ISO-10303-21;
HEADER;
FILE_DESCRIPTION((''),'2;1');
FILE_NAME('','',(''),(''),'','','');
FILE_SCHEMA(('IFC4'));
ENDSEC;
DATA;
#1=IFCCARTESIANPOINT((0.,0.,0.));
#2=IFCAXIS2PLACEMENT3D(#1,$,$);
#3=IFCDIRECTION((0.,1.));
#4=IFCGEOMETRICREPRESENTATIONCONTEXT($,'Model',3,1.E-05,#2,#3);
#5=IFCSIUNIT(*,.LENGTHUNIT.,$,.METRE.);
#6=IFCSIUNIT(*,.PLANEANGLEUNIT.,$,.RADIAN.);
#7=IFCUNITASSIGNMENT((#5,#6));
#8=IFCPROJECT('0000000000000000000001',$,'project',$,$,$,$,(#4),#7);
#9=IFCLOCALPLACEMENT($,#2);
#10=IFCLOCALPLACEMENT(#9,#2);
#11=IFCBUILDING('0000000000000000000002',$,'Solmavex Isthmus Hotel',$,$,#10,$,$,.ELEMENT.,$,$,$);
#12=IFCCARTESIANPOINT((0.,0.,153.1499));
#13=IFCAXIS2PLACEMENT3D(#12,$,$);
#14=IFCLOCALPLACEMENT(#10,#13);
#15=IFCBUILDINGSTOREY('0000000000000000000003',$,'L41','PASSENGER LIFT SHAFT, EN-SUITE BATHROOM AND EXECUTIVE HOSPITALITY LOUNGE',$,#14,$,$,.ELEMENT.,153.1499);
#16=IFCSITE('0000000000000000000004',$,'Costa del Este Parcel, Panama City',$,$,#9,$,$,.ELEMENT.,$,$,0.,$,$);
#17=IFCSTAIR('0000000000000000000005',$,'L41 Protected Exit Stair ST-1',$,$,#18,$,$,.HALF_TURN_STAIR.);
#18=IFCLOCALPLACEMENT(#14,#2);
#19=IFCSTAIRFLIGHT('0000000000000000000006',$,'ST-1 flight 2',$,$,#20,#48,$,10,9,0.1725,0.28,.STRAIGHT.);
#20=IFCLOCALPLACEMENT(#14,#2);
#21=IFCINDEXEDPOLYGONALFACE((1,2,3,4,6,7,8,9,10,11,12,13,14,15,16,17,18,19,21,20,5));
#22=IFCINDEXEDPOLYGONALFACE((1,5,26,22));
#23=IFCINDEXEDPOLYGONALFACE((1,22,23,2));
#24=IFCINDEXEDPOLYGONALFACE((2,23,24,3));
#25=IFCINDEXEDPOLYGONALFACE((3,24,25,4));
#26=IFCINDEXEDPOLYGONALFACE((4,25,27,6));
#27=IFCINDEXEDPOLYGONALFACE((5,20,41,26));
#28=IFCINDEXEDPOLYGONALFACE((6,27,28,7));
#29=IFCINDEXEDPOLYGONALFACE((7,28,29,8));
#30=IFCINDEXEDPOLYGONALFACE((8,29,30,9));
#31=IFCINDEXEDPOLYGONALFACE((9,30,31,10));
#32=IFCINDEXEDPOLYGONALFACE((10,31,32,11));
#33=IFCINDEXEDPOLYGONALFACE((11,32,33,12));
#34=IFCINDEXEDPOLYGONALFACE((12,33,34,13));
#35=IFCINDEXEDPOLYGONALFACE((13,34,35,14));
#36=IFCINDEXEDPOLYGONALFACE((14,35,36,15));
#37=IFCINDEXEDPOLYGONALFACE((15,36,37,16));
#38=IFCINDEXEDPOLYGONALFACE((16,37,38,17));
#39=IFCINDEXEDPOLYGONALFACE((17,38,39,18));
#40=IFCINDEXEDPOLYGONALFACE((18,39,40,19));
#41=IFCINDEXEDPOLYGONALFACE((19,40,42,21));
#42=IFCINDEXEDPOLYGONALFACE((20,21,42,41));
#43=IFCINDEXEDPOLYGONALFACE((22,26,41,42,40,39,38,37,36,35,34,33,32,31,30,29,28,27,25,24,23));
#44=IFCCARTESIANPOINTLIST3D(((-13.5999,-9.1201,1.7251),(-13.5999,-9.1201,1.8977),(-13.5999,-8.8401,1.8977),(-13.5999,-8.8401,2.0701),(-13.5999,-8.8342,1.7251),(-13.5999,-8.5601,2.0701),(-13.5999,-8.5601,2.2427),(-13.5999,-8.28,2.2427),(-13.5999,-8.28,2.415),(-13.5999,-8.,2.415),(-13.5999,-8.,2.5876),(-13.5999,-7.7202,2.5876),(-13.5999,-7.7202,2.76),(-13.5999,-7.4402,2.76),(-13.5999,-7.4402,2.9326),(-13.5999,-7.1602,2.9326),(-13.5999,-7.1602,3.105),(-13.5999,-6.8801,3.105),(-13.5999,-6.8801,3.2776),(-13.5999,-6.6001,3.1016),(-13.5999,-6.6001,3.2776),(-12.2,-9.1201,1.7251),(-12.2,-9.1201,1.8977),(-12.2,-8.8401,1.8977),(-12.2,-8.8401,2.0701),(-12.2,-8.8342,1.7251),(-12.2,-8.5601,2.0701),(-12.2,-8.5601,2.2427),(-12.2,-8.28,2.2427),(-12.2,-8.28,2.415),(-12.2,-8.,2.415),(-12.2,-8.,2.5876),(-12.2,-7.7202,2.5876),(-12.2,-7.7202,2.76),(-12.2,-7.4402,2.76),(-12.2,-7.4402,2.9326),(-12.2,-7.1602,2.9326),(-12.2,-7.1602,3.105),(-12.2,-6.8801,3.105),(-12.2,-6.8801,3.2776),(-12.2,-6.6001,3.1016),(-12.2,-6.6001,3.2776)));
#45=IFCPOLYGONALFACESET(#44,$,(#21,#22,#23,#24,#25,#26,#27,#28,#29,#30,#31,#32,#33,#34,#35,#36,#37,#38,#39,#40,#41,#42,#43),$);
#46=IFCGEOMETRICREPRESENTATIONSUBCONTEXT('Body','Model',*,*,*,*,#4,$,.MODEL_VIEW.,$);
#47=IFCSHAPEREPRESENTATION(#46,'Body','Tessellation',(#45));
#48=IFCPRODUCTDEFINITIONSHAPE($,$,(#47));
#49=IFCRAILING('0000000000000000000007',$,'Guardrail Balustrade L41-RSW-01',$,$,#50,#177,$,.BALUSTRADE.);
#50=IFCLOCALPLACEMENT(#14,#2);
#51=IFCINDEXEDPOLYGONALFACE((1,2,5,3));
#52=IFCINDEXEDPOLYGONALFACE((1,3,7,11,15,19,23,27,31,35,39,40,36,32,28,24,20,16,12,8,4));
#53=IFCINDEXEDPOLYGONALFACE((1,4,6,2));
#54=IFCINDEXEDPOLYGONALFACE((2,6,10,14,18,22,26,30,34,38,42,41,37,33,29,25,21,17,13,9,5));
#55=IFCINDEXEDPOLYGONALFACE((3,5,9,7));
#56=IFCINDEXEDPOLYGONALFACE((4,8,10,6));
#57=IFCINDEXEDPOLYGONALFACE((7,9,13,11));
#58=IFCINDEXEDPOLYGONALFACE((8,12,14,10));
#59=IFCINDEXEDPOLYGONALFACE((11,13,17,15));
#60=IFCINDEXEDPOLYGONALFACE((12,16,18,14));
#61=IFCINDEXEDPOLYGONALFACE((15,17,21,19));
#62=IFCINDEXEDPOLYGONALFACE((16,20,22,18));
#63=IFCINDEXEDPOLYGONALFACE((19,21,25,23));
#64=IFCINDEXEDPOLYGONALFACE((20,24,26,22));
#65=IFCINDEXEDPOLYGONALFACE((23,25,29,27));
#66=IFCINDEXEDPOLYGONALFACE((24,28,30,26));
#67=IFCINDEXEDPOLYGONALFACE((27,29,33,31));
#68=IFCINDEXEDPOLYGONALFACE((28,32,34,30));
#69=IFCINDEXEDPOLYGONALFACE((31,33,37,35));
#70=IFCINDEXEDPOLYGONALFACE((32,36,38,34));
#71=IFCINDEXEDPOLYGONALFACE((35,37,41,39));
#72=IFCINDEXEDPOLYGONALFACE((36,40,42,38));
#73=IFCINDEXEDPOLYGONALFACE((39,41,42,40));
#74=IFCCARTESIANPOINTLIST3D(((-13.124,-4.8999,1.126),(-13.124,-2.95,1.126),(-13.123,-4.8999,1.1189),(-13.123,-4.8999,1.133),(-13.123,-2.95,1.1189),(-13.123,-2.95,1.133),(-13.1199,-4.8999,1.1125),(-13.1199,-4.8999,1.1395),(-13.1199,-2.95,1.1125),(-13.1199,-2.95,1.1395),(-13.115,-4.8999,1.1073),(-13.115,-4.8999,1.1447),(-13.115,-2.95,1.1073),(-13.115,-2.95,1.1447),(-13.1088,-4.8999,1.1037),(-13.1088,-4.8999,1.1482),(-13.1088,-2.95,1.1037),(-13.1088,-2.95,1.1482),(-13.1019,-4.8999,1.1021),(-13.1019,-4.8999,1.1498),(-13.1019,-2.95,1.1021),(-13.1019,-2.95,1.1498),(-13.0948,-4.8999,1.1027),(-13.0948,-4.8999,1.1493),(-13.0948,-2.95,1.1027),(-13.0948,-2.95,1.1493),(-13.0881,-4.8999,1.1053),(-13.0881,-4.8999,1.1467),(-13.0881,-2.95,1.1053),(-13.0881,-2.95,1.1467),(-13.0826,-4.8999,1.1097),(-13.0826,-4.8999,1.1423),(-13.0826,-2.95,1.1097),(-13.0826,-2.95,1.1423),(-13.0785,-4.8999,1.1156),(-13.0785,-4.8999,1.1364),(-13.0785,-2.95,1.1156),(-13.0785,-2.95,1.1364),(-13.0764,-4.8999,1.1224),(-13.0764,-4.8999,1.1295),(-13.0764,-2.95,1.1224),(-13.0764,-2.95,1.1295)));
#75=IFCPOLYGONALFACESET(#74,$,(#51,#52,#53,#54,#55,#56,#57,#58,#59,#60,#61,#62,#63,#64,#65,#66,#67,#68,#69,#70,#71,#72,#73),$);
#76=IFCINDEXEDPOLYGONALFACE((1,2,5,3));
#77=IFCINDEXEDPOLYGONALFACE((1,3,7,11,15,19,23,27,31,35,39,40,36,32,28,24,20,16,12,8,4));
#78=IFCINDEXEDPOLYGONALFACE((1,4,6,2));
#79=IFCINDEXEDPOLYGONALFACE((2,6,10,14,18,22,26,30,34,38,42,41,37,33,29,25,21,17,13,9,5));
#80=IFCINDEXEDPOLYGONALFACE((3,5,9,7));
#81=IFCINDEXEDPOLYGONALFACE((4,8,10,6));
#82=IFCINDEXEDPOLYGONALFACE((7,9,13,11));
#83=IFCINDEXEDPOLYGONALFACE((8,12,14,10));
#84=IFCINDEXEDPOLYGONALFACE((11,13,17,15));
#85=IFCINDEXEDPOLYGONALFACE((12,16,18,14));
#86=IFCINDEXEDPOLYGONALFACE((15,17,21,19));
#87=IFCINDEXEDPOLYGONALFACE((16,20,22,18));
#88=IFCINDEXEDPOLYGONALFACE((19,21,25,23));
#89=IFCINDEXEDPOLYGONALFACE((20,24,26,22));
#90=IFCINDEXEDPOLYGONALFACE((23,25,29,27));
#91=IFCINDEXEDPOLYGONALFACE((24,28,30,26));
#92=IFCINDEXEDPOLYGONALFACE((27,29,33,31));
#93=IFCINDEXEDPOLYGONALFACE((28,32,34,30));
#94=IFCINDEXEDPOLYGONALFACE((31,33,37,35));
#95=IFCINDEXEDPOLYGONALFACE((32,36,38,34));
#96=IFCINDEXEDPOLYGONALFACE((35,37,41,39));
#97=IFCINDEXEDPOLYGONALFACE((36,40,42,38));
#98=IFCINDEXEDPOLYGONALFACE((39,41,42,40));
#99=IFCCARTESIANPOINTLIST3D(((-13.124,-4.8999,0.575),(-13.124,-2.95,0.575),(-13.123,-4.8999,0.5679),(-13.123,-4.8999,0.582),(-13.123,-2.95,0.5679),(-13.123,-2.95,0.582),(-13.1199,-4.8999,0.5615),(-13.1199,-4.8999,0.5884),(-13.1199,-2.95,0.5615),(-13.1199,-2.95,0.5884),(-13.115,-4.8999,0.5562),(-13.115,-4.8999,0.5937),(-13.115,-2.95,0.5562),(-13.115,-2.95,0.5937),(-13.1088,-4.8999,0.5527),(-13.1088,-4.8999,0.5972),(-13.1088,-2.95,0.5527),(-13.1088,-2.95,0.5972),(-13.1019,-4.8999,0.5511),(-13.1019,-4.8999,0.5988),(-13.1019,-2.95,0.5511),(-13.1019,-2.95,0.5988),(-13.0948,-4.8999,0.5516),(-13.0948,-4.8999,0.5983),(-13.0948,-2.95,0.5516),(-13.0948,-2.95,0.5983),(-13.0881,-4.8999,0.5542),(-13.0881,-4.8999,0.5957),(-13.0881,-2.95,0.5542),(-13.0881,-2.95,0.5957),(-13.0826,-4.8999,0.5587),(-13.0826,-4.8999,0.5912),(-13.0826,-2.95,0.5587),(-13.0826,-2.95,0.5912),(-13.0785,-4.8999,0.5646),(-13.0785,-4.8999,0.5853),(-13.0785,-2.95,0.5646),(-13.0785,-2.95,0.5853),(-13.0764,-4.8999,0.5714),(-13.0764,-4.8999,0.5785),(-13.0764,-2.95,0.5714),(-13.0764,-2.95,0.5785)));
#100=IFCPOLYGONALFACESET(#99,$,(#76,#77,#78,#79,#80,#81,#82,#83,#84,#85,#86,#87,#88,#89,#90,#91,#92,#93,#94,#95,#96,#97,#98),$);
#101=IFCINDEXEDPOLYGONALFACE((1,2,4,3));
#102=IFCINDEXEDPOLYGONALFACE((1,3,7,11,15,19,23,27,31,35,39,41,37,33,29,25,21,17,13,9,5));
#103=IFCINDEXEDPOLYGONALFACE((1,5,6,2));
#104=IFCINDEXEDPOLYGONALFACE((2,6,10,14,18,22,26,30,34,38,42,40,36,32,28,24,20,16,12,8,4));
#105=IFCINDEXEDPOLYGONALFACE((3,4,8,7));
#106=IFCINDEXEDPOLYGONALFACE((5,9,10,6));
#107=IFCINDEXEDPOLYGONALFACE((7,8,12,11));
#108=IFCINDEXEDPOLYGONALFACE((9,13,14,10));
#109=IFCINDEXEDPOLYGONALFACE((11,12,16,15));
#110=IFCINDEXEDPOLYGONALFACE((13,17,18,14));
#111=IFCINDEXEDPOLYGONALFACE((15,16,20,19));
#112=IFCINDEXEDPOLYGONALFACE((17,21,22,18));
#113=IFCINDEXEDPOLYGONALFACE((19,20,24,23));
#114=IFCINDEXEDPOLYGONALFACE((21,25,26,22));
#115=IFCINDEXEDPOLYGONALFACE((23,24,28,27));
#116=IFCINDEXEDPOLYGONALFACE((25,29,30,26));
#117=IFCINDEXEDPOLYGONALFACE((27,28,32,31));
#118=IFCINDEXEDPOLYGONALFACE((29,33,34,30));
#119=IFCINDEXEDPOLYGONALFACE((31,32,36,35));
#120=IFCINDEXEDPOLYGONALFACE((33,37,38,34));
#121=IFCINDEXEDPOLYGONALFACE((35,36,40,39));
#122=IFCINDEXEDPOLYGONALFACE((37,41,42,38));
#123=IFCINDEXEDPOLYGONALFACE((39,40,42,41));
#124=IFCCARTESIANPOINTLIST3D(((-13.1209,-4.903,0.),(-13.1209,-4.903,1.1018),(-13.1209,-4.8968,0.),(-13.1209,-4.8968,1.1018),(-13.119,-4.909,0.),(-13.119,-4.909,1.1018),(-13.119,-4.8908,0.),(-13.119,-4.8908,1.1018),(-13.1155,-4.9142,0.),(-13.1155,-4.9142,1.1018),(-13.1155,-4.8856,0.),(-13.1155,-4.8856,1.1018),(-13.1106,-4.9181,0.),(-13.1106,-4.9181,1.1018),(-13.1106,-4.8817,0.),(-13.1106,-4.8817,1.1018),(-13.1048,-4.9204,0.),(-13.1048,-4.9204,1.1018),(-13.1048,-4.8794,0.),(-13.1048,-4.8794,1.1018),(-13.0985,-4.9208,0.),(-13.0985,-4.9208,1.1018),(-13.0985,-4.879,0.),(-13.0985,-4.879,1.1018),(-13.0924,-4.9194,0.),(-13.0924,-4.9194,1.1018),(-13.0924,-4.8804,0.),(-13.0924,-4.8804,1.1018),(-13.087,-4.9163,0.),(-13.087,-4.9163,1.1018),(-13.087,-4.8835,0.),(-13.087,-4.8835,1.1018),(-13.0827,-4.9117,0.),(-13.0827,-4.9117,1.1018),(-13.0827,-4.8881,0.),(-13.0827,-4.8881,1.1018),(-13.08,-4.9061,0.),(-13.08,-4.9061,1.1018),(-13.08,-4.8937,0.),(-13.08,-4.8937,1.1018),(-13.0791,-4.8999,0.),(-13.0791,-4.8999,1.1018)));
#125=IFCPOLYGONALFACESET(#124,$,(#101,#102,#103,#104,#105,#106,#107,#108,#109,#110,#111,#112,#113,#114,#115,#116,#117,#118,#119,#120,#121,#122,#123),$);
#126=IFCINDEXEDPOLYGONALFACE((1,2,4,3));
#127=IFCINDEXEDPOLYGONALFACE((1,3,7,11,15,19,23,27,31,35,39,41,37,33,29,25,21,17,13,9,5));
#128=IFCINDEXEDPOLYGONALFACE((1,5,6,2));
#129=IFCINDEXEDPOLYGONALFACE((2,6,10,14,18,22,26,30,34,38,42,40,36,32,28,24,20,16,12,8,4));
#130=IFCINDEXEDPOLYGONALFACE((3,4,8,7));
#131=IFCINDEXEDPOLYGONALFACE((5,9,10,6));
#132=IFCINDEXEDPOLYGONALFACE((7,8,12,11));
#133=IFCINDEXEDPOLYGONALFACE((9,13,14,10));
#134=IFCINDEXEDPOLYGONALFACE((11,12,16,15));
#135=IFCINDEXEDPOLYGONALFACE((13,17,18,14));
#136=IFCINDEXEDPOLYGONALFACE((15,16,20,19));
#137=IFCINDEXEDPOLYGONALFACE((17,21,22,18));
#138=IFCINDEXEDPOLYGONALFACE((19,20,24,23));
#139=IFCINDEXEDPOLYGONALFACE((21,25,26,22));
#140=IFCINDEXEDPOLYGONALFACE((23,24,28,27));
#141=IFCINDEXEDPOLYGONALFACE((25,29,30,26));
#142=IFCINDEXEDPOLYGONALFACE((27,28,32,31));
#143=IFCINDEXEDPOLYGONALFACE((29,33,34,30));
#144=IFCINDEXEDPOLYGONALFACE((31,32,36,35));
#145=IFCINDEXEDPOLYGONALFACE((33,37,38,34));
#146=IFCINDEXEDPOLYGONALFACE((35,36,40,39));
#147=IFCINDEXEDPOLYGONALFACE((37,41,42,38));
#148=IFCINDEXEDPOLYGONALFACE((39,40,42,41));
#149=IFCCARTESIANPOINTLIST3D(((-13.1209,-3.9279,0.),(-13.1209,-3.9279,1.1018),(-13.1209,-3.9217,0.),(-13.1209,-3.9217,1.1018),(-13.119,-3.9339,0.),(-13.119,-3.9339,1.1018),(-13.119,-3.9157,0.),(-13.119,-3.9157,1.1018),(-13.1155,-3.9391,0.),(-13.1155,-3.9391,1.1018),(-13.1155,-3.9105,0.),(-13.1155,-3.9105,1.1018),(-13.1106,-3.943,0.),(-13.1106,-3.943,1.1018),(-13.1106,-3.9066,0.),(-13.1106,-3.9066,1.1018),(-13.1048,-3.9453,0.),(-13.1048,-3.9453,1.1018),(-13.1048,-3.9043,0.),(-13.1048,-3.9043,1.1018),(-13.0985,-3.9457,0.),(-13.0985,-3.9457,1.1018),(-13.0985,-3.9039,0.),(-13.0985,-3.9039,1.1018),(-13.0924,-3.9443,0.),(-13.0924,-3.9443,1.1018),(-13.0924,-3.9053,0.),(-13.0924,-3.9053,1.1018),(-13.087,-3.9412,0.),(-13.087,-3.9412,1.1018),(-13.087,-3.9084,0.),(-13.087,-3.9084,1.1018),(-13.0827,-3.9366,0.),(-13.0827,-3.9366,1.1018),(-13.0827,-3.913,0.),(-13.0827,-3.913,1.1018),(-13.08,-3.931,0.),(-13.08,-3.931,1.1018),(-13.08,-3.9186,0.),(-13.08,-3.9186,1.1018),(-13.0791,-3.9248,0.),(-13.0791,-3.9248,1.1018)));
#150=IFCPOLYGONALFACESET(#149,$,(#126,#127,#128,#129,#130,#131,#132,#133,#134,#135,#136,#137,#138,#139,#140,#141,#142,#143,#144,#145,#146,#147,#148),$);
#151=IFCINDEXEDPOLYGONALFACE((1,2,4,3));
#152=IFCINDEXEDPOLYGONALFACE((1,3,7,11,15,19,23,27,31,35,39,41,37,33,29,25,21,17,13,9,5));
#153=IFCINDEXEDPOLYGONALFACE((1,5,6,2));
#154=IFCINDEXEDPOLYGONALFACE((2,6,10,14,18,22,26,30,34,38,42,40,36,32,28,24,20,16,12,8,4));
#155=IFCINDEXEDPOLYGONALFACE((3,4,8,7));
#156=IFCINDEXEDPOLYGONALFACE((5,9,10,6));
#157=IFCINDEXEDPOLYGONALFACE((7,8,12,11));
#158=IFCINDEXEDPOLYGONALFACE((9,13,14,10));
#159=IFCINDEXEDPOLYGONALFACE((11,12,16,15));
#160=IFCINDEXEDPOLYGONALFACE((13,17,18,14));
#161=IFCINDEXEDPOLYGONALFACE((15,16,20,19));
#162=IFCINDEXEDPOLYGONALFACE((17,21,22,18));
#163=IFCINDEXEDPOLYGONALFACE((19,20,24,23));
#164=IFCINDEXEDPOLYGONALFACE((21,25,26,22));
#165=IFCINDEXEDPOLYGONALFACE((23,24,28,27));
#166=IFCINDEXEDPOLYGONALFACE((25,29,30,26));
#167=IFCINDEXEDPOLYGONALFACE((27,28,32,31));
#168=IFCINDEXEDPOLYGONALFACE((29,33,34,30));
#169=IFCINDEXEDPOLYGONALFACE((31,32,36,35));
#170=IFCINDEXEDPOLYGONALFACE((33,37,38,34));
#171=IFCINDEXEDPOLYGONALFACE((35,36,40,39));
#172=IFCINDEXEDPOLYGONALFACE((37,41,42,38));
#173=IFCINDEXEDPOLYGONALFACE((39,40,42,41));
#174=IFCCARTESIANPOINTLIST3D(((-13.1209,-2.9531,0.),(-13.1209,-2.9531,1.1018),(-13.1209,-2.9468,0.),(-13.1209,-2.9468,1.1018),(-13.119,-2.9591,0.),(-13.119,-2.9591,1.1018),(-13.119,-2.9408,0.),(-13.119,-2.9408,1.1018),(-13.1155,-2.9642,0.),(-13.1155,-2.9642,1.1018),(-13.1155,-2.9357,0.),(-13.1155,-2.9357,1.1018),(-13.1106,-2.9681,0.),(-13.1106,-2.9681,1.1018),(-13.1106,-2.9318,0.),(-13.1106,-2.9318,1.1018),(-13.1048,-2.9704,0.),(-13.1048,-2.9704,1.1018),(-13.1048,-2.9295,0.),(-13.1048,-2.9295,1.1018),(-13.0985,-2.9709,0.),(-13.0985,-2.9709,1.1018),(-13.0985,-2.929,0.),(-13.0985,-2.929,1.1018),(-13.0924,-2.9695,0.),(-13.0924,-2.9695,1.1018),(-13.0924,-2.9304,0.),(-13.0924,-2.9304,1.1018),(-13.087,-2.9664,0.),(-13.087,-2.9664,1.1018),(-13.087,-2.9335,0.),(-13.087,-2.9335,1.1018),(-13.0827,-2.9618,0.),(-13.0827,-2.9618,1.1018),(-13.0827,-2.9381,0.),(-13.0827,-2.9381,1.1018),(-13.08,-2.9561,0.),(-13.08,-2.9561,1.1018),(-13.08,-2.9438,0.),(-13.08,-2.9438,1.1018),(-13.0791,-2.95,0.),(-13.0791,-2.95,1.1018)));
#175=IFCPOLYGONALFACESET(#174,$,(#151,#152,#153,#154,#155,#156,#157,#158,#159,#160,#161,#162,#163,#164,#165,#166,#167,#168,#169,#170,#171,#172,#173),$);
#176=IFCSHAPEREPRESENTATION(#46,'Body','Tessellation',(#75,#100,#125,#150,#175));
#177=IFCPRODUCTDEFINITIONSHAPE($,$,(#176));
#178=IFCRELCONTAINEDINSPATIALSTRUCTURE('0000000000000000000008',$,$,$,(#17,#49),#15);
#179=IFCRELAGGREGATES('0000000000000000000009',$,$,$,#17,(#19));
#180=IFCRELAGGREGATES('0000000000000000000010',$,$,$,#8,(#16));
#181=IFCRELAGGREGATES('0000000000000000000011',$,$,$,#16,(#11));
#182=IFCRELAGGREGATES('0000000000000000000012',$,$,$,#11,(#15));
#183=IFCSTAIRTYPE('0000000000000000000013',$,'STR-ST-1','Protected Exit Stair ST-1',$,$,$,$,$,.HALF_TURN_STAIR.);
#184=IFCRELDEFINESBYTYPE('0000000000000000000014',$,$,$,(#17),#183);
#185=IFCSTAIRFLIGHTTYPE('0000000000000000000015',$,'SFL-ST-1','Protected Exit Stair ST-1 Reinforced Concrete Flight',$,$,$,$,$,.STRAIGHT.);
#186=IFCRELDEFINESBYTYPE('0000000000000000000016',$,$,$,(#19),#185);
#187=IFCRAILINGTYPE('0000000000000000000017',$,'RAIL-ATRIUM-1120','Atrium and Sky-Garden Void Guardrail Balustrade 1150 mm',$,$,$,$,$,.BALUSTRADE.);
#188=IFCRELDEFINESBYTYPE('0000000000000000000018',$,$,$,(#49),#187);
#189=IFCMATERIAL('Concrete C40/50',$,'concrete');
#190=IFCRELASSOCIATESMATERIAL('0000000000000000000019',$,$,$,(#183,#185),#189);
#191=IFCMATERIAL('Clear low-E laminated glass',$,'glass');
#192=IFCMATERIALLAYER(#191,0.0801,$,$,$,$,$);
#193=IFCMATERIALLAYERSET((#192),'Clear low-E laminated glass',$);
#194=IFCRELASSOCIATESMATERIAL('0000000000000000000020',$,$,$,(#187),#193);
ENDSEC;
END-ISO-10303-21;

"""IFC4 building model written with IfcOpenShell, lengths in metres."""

from ifc_helpers import new_model, si_unit, direction, frame, origin, origin_2d, place, context, subcontext, project, spatial, polyline, circle, outline, extrude, material, layer, layer_set, type_object, element, aggregate, save


model = new_model("IFC4")

# Units and contexts
model_context = context("Model", 3, precision=1e-05, world=origin(), true_north=direction((0.0, 1.0)))
body_context = subcontext(model_context, "Body", "Model", "MODEL_VIEW")
ifc_project = project(units=[si_unit("LENGTHUNIT", "METRE"), si_unit("PLANEANGLEUNIT", "RADIAN")], contexts=[model_context])

# Site, building, storey
site_placement = place(None, origin())
site = spatial("IfcSite", under=ifc_project, at=site_placement, Name="Costa del Este Parcel, Panama City", CompositionType="ELEMENT", RefElevation=0.0)
building_placement = place(site_placement, origin())
building = spatial("IfcBuilding", under=site, at=building_placement, Name="Solmavex Isthmus Hotel", CompositionType="ELEMENT")
storey_placement = place(building_placement, frame((0.0, 0.0, 153.1499)))
storey = spatial("IfcBuildingStorey", under=building, at=storey_placement, Name="L41", Description="PASSENGER LIFT SHAFT, EN-SUITE BATHROOM AND EXECUTIVE HOSPITALITY LOUNGE", CompositionType="ELEMENT", Elevation=153.1499)

# Shared definitions
ifc_material_1 = material(Name="Concrete C40/50", Category="concrete")

# Stair, stair flight
stair_type = type_object("IfcStairType", Name="STR-ST-1", Description="Protected Exit Stair ST-1", PredefinedType="HALF_TURN_STAIR", material=ifc_material_1)
stair_placement = place(storey_placement, origin())
stair = element("IfcStair", 1, at=stair_placement, inside=storey, type_object=stair_type, Name="L41 Protected Exit Stair ST-1", PredefinedType="HALF_TURN_STAIR")
stair_flight_type = type_object("IfcStairFlightType", Name="SFL-ST-1", Description="Protected Exit Stair ST-1 Reinforced Concrete Flight", PredefinedType="STRAIGHT", material=ifc_material_1)
stair_flight_1_placement = place(storey_placement, frame((-12.8999, -9.1201, 1.7251), z_axis=(0.0, 0.0, 1.0), x_axis=(0.0, 1.0, 0.0)))
stair_flight_1 = element("IfcStairFlight", 2, at=stair_flight_1_placement, type_object=stair_flight_type, Name="ST-1 flight 2", NumberOfRisers=10, NumberOfTreads=9, PredefinedType="STRAIGHT", RiserHeight=0.1725, TreadLength=0.28, context=body_context, shape_type="SweptSolid", body=[
    extrude(outline(polyline([(0.0, 0.0), (0.0, 0.1726), (0.28, 0.1726), (0.28, 0.345), (0.5601, 0.345), (0.5601, 0.5176), (0.8401, 0.5176), (0.8401, 0.6899), (1.1201, 0.6899), (1.1201, 0.8625), (1.3999, 0.8625), (1.3999, 1.0349), (1.6799, 1.0349), (1.6799, 1.2075), (1.96, 1.2075), (1.96, 1.3799), (2.24, 1.3799), (2.24, 1.5525), (2.52, 1.5525), (2.52, 1.7251), (2.52, 1.3765), (0.2859, 0.0), (0.0, 0.0)])), frame((0.0, 0.7, 0.0), z_axis=(0.0, -1.0, 0.0), x_axis=(1.0, 0.0, 0.0)), (0.0, 0.0, 1.0), 1.3999),
])
aggregate(stair, [stair_flight_1])

# Railing
ifc_material_2 = material(Name="Clear low-E laminated glass", Category="glass")
ifc_layer_1 = layer(ifc_material_2, 0.0801)
ifc_layer_set_1 = layer_set([ifc_layer_1], Name="Clear low-E laminated glass")
railing_type_1 = type_object("IfcRailingType", Name="RAIL-ATRIUM-1120", Description="Atrium and Sky-Garden Void Guardrail Balustrade 1150 mm", PredefinedType="BALUSTRADE", material=ifc_layer_set_1)
railing_1_placement = place(storey_placement, frame((-13.1001, -4.8999, 0.0)))
element("IfcRailing", 3, at=railing_1_placement, inside=storey, type_object=railing_type_1, Name="Guardrail Balustrade L41-RSW-01", PredefinedType="BALUSTRADE", context=body_context, shape_type="SweptSolid", body=[
    extrude(circle(Radius=0.0239, at=origin_2d()), frame((0.0, 0.0, 1.126), z_axis=(0.0, 1.0, 0.0), x_axis=(-1.0, 0.0, 0.0)), (0.0, 0.0, 1.0), 1.95),
    extrude(circle(Radius=0.0239, at=origin_2d()), frame((0.0, 0.0, 0.575), z_axis=(0.0, 1.0, 0.0), x_axis=(-1.0, 0.0, 0.0)), (0.0, 0.0, 1.0), 1.95),
    extrude(circle(Radius=0.021, at=origin_2d()), origin(), (0.0, 0.0, 1.0), 1.1018),
    extrude(circle(Radius=0.021, at=origin_2d()), frame((0.0, 0.9751, 0.0)), (0.0, 0.0, 1.0), 1.1018),
    extrude(circle(Radius=0.021, at=origin_2d()), frame((0.0, 1.95, 0.0)), (0.0, 0.0, 1.0), 1.1018),
])

save(model, "model.ifc")
